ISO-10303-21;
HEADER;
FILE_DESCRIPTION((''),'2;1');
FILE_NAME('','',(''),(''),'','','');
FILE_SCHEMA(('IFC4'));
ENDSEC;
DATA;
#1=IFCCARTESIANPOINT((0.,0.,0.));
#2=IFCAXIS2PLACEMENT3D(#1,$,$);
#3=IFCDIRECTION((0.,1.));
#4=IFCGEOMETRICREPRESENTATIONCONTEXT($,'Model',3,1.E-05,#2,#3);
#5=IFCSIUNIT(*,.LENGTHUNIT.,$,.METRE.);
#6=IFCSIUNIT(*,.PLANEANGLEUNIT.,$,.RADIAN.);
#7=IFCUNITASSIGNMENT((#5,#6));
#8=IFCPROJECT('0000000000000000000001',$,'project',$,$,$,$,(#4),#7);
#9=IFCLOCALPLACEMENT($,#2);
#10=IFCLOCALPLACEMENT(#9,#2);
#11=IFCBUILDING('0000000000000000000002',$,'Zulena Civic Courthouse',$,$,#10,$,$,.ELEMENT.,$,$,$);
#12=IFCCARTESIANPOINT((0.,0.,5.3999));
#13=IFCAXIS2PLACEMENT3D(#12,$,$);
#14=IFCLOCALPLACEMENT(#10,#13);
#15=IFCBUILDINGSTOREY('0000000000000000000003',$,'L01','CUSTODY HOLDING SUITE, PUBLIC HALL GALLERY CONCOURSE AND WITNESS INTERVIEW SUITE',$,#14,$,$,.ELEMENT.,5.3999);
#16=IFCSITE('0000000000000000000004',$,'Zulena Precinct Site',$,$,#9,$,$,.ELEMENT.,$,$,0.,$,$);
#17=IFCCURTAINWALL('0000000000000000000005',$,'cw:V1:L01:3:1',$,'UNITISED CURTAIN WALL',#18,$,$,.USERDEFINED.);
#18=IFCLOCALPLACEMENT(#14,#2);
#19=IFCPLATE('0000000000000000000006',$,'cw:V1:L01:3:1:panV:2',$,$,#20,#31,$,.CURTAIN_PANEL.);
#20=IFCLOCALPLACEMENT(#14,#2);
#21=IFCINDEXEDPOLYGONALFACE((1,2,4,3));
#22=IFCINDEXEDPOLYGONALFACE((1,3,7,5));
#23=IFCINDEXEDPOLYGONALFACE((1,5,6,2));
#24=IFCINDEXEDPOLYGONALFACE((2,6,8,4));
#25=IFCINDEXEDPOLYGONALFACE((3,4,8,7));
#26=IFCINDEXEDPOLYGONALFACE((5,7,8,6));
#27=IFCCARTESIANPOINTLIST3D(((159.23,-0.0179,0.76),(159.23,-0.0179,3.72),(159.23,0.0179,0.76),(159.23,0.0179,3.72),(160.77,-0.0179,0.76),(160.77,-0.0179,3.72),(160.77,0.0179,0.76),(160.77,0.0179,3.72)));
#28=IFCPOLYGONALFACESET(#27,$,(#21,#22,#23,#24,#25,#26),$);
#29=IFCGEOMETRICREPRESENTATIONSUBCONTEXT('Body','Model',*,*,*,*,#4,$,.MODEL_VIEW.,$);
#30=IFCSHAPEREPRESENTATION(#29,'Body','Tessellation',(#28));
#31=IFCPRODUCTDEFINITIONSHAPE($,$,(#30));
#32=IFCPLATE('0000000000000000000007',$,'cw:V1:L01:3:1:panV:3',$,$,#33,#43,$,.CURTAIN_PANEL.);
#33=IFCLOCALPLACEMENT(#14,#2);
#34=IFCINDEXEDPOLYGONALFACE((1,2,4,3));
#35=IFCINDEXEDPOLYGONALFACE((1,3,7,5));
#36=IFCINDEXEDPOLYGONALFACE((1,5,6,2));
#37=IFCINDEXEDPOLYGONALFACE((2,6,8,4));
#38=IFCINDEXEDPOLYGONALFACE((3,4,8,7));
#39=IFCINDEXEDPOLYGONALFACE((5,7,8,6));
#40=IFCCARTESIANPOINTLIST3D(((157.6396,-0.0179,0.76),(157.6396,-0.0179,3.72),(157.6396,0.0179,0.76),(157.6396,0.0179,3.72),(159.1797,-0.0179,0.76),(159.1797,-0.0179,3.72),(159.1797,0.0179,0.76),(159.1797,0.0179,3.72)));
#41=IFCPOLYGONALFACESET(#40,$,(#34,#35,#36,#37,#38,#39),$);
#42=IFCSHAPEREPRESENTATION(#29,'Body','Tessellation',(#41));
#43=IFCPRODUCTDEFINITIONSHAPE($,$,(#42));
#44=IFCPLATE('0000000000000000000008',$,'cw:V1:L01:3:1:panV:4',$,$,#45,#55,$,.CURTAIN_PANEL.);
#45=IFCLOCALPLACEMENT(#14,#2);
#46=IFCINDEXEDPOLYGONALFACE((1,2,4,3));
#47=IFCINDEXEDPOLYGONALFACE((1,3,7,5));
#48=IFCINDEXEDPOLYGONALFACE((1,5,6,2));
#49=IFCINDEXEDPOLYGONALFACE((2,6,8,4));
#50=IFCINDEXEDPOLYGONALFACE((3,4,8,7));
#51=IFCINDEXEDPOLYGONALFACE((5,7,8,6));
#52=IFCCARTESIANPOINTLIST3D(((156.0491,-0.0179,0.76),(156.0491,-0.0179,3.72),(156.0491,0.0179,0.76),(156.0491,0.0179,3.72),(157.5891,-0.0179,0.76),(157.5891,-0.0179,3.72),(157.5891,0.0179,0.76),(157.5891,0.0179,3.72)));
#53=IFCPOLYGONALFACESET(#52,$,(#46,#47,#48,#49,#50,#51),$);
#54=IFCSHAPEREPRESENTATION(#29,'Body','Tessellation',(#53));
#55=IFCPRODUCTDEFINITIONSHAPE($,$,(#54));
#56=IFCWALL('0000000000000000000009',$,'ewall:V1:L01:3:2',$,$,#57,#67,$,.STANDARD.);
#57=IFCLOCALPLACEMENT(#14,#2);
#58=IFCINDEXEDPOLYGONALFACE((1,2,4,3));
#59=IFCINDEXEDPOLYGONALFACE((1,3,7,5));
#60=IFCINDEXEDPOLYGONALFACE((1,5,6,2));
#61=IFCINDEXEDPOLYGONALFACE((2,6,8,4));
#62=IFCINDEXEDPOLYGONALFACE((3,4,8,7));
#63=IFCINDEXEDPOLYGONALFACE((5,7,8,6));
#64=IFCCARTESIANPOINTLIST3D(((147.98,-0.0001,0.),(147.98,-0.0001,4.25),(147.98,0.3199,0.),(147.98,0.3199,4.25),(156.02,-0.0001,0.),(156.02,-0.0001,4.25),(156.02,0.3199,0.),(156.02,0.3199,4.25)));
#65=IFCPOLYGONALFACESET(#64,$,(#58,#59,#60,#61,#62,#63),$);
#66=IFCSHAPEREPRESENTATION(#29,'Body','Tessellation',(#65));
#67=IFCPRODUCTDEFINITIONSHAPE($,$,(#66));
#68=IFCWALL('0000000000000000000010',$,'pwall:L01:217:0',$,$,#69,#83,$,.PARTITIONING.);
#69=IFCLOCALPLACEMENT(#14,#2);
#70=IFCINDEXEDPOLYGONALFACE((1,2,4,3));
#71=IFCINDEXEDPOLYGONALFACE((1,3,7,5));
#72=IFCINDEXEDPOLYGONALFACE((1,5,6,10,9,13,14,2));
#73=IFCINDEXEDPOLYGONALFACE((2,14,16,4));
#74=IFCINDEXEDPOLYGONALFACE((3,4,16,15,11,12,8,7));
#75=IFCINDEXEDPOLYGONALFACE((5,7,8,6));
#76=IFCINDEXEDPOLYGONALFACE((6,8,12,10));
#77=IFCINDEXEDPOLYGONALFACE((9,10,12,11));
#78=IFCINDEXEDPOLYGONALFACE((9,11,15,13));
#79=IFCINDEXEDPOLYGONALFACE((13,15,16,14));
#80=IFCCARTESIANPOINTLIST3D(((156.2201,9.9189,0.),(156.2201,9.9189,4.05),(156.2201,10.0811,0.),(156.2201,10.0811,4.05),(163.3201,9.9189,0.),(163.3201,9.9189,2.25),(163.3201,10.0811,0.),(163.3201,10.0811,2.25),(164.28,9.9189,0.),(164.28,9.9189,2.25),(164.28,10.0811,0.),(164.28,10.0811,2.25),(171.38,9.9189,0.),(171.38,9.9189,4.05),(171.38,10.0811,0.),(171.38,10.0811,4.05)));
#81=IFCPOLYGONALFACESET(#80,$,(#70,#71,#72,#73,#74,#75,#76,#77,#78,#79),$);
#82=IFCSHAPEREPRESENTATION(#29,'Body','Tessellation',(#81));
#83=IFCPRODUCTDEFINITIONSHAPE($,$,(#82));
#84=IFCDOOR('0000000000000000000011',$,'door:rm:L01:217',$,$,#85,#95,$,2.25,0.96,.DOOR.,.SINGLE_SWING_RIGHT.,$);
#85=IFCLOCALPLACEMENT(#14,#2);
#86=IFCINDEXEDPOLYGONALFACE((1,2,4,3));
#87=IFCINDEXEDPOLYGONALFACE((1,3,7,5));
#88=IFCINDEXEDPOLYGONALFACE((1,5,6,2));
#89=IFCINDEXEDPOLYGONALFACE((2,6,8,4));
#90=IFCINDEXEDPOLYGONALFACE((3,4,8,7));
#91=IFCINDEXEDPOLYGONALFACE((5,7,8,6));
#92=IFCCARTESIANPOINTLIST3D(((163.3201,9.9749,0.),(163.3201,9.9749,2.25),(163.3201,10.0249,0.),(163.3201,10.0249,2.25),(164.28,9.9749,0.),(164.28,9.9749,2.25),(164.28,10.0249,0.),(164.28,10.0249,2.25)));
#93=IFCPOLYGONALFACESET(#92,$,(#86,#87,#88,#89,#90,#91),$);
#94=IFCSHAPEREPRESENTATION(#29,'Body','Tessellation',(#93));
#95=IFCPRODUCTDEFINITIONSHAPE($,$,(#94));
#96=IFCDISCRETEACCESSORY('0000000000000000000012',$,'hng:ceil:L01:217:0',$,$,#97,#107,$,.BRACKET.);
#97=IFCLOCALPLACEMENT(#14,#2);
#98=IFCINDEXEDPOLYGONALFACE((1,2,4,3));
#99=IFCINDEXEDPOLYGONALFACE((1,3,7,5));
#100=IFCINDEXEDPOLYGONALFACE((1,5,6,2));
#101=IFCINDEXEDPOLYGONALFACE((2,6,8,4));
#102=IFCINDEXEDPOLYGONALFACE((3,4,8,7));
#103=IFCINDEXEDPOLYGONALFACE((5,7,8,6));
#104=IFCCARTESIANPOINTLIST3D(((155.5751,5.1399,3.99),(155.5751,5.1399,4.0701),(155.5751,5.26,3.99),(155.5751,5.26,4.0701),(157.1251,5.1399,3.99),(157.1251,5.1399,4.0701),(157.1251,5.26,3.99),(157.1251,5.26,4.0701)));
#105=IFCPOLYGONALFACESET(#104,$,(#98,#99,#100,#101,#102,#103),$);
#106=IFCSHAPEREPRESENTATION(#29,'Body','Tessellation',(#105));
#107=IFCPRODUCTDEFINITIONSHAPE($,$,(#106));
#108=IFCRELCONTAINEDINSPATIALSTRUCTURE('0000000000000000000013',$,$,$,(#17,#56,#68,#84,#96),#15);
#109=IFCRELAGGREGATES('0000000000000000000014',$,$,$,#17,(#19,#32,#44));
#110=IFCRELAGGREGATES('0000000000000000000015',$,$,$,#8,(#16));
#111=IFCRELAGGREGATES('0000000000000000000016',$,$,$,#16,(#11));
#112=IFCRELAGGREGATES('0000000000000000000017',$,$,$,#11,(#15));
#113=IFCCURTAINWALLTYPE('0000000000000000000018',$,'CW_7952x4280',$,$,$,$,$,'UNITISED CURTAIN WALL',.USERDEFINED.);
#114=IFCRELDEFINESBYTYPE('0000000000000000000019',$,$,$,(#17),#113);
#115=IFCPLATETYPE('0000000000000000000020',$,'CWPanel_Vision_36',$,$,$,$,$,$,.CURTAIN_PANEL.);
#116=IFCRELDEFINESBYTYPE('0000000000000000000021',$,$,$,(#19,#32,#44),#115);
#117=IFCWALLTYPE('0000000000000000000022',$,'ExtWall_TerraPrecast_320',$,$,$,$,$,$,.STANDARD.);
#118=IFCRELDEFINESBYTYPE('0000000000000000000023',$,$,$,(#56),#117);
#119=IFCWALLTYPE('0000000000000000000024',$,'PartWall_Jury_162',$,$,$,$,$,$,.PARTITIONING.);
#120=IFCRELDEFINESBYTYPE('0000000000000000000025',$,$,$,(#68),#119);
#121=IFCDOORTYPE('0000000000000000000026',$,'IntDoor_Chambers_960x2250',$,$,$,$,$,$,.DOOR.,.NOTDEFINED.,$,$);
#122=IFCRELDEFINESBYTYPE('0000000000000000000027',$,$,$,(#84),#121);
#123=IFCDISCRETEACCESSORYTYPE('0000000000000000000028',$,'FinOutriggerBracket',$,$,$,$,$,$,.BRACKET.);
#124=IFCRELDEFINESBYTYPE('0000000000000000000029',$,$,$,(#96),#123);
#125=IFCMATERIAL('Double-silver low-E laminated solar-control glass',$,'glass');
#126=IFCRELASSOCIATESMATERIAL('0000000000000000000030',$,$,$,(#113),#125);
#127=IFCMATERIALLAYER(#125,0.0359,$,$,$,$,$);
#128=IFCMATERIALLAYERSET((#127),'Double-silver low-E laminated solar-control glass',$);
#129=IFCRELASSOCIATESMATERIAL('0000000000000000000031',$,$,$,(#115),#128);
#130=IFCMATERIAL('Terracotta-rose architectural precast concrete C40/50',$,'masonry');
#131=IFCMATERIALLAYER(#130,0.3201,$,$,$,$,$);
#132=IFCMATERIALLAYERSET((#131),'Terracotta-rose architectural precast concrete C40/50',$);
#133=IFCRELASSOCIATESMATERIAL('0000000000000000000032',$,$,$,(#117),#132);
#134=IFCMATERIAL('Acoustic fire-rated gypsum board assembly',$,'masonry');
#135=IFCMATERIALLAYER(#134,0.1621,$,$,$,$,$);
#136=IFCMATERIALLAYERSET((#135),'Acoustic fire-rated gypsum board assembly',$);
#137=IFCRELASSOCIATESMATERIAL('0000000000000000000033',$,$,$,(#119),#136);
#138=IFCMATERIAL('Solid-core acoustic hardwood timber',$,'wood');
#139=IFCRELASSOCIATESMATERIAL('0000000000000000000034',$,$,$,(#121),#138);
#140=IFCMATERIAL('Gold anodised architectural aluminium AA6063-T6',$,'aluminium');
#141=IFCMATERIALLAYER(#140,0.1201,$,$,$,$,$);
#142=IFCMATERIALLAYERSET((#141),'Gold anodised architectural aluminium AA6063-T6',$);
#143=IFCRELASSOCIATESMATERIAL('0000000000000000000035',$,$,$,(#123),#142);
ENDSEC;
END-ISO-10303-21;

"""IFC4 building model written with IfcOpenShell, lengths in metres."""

from ifc_helpers import new_model, si_unit, direction, frame, frame_2d, origin, origin_2d, place, context, subcontext, project, spatial, rectangle, extrude, material, layer, layer_set, type_object, element, fill, aggregate, save


model = new_model("IFC4")

# Units and contexts
model_context = context("Model", 3, precision=1e-05, world=origin(), true_north=direction((0.0, 1.0)))
body_context = subcontext(model_context, "Body", "Model", "MODEL_VIEW")
ifc_project = project(units=[si_unit("LENGTHUNIT", "METRE"), si_unit("PLANEANGLEUNIT", "RADIAN")], contexts=[model_context])

# Site, building, storey
site_placement = place(None, origin())
site = spatial("IfcSite", under=ifc_project, at=site_placement, Name="Zulena Precinct Site", CompositionType="ELEMENT", RefElevation=0.0)
building_placement = place(site_placement, origin())
building = spatial("IfcBuilding", under=site, at=building_placement, Name="Zulena Civic Courthouse", CompositionType="ELEMENT")
storey_placement = place(building_placement, frame((0.0, 0.0, 5.3999)))
storey = spatial("IfcBuildingStorey", under=building, at=storey_placement, Name="L01", Description="CUSTODY HOLDING SUITE, PUBLIC HALL GALLERY CONCOURSE AND WITNESS INTERVIEW SUITE", CompositionType="ELEMENT", Elevation=5.3999)

# Curtain wall
ifc_material_1 = material(Name="Double-silver low-E laminated solar-control glass", Category="glass")
curtain_wall_type = type_object("IfcCurtainWallType", Name="CW_7952x4280", ElementType="UNITISED CURTAIN WALL", PredefinedType="USERDEFINED", material=ifc_material_1)
curtain_wall_placement = place(storey_placement, origin())
curtain_wall = element("IfcCurtainWall", 1, at=curtain_wall_placement, inside=storey, type_object=curtain_wall_type, Name="cw:V1:L01:3:1", ObjectType="UNITISED CURTAIN WALL", PredefinedType="USERDEFINED")

# Plates
ifc_layer_1 = layer(ifc_material_1, 0.0359)
ifc_layer_set_1 = layer_set([ifc_layer_1], Name="Double-silver low-E laminated solar-control glass")
plate_type_1 = type_object("IfcPlateType", Name="CWPanel_Vision_36", PredefinedType="CURTAIN_PANEL", material=ifc_layer_set_1)
plate_1_placement = place(storey_placement, frame((160.0, 0.0, 0.76), z_axis=(0.0, 0.0, 1.0), x_axis=(-1.0, 0.0, 0.0)))
plate_1 = element("IfcPlate", 2, at=plate_1_placement, type_object=plate_type_1, Name="cw:V1:L01:3:1:panV:2", PredefinedType="CURTAIN_PANEL", context=body_context, shape_type="SweptSolid", body=[
    extrude(rectangle(XDim=1.54, YDim=0.0359, at=origin_2d()), origin(), (0.0, 0.0, 1.0), 2.96),
])
plate_2_placement = place(storey_placement, frame((158.4097, 0.0, 0.76), z_axis=(0.0, 0.0, 1.0), x_axis=(-1.0, 0.0, 0.0)))
plate_2 = element("IfcPlate", 3, at=plate_2_placement, type_object=plate_type_1, Name="cw:V1:L01:3:1:panV:3", PredefinedType="CURTAIN_PANEL", context=body_context, shape_type="SweptSolid", body=[
    extrude(rectangle(XDim=1.54, YDim=0.0359, at=origin_2d()), origin(), (0.0, 0.0, 1.0), 2.96),
])
plate_3_placement = place(storey_placement, frame((156.8191, 0.0, 0.76), z_axis=(0.0, 0.0, 1.0), x_axis=(-1.0, 0.0, 0.0)))
plate_3 = element("IfcPlate", 4, at=plate_3_placement, type_object=plate_type_1, Name="cw:V1:L01:3:1:panV:4", PredefinedType="CURTAIN_PANEL", context=body_context, shape_type="SweptSolid", body=[
    extrude(rectangle(XDim=1.54, YDim=0.0359, at=origin_2d()), origin(), (0.0, 0.0, 1.0), 2.96),
])
aggregate(curtain_wall, [plate_1, plate_2, plate_3])

# Wall
ifc_material_2 = material(Name="Terracotta-rose architectural precast concrete C40/50", Category="masonry")
ifc_layer_2 = layer(ifc_material_2, 0.3201)
ifc_layer_set_2 = layer_set([ifc_layer_2], Name="Terracotta-rose architectural precast concrete C40/50")
wall_type_1 = type_object("IfcWallType", Name="ExtWall_TerraPrecast_320", PredefinedType="STANDARD", material=ifc_layer_set_2)
wall_1_placement = place(storey_placement, frame((156.02, 0.1599, 0.0), z_axis=(0.0, 0.0, 1.0), x_axis=(-1.0, 0.0, 0.0)))
element("IfcWall", 5, at=wall_1_placement, inside=storey, type_object=wall_type_1, Name="ewall:V1:L01:3:2", PredefinedType="STANDARD", context=body_context, shape_type="SweptSolid", body=[
    extrude(rectangle(XDim=8.04, YDim=0.3201, at=frame_2d((4.02, 0.0))), origin(), (0.0, 0.0, 1.0), 4.25),
])

# Wall, opening, door
ifc_material_3 = material(Name="Acoustic fire-rated gypsum board assembly", Category="masonry")
ifc_layer_3 = layer(ifc_material_3, 0.1621)
ifc_layer_set_3 = layer_set([ifc_layer_3], Name="Acoustic fire-rated gypsum board assembly")
wall_type_2 = type_object("IfcWallType", Name="PartWall_Jury_162", PredefinedType="PARTITIONING", material=ifc_layer_set_3)
wall_2_placement = place(storey_placement, frame((156.22, 10.0, 0.0), z_axis=(0.0, 0.0, 1.0), x_axis=(1.0, 0.0, 0.0)))
wall_2 = element("IfcWall", 6, at=wall_2_placement, inside=storey, type_object=wall_type_2, Name="pwall:L01:217:0", PredefinedType="PARTITIONING", context=body_context, shape_type="SweptSolid", body=[
    extrude(rectangle(XDim=15.1599, YDim=0.1621, at=frame_2d((7.5801, 0.0))), origin(), (0.0, 0.0, 1.0), 4.05),
])
opening_placement = place(wall_2_placement, frame((7.1001, 0.0, 0.0)))
opening = element("IfcOpeningElement", 7, at=opening_placement, cuts=wall_2, PredefinedType="OPENING", context=body_context, shape_type="SweptSolid", body=[
    extrude(rectangle(XDim=0.96, YDim=2.25, at=frame_2d((0.48, 1.125))), frame((0.0, 0.0911, 0.0), z_axis=(0.0, -1.0, 0.0), x_axis=(1.0, 0.0, 0.0)), (0.0, 0.0, 1.0), 0.1821),
])
ifc_material_4 = material(Name="Solid-core acoustic hardwood timber", Category="wood")
door_type = type_object("IfcDoorType", Name="IntDoor_Chambers_960x2250", OperationType="NOTDEFINED", PredefinedType="DOOR", material=ifc_material_4)
door_placement = place(opening_placement, origin())
door = element("IfcDoor", 8, at=door_placement, inside=storey, type_object=door_type, Name="door:rm:L01:217", OperationType="SINGLE_SWING_RIGHT", OverallHeight=2.25, OverallWidth=0.96, PredefinedType="DOOR", context=body_context, shape_type="SweptSolid", body=[
    extrude(rectangle(XDim=0.96, YDim=2.25, at=frame_2d((0.48, 1.125))), frame((0.0, 0.0249, 0.0), z_axis=(0.0, -1.0, 0.0), x_axis=(1.0, 0.0, 0.0)), (0.0, 0.0, 1.0), 0.05),
])
fill(opening, door)

# Discrete accessory
ifc_material_5 = material(Name="Gold anodised architectural aluminium AA6063-T6", Category="aluminium")
ifc_layer_4 = layer(ifc_material_5, 0.1201)
ifc_layer_set_4 = layer_set([ifc_layer_4], Name="Gold anodised architectural aluminium AA6063-T6")
discrete_accessory_type = type_object("IfcDiscreteAccessoryType", Name="FinOutriggerBracket", PredefinedType="BRACKET", material=ifc_layer_set_4)
discrete_accessory_placement = place(storey_placement, frame((156.3501, 5.2, 3.99), z_axis=(0.0, 0.0, 1.0), x_axis=(1.0, 0.0, 0.0)))
element("IfcDiscreteAccessory", 9, at=discrete_accessory_placement, inside=storey, type_object=discrete_accessory_type, Name="hng:ceil:L01:217:0", PredefinedType="BRACKET", context=body_context, shape_type="SweptSolid", body=[
    extrude(rectangle(XDim=1.55, YDim=0.1201, at=origin_2d()), origin(), (0.0, 0.0, 1.0), 0.0801),
])

save(model, "model.ifc")
